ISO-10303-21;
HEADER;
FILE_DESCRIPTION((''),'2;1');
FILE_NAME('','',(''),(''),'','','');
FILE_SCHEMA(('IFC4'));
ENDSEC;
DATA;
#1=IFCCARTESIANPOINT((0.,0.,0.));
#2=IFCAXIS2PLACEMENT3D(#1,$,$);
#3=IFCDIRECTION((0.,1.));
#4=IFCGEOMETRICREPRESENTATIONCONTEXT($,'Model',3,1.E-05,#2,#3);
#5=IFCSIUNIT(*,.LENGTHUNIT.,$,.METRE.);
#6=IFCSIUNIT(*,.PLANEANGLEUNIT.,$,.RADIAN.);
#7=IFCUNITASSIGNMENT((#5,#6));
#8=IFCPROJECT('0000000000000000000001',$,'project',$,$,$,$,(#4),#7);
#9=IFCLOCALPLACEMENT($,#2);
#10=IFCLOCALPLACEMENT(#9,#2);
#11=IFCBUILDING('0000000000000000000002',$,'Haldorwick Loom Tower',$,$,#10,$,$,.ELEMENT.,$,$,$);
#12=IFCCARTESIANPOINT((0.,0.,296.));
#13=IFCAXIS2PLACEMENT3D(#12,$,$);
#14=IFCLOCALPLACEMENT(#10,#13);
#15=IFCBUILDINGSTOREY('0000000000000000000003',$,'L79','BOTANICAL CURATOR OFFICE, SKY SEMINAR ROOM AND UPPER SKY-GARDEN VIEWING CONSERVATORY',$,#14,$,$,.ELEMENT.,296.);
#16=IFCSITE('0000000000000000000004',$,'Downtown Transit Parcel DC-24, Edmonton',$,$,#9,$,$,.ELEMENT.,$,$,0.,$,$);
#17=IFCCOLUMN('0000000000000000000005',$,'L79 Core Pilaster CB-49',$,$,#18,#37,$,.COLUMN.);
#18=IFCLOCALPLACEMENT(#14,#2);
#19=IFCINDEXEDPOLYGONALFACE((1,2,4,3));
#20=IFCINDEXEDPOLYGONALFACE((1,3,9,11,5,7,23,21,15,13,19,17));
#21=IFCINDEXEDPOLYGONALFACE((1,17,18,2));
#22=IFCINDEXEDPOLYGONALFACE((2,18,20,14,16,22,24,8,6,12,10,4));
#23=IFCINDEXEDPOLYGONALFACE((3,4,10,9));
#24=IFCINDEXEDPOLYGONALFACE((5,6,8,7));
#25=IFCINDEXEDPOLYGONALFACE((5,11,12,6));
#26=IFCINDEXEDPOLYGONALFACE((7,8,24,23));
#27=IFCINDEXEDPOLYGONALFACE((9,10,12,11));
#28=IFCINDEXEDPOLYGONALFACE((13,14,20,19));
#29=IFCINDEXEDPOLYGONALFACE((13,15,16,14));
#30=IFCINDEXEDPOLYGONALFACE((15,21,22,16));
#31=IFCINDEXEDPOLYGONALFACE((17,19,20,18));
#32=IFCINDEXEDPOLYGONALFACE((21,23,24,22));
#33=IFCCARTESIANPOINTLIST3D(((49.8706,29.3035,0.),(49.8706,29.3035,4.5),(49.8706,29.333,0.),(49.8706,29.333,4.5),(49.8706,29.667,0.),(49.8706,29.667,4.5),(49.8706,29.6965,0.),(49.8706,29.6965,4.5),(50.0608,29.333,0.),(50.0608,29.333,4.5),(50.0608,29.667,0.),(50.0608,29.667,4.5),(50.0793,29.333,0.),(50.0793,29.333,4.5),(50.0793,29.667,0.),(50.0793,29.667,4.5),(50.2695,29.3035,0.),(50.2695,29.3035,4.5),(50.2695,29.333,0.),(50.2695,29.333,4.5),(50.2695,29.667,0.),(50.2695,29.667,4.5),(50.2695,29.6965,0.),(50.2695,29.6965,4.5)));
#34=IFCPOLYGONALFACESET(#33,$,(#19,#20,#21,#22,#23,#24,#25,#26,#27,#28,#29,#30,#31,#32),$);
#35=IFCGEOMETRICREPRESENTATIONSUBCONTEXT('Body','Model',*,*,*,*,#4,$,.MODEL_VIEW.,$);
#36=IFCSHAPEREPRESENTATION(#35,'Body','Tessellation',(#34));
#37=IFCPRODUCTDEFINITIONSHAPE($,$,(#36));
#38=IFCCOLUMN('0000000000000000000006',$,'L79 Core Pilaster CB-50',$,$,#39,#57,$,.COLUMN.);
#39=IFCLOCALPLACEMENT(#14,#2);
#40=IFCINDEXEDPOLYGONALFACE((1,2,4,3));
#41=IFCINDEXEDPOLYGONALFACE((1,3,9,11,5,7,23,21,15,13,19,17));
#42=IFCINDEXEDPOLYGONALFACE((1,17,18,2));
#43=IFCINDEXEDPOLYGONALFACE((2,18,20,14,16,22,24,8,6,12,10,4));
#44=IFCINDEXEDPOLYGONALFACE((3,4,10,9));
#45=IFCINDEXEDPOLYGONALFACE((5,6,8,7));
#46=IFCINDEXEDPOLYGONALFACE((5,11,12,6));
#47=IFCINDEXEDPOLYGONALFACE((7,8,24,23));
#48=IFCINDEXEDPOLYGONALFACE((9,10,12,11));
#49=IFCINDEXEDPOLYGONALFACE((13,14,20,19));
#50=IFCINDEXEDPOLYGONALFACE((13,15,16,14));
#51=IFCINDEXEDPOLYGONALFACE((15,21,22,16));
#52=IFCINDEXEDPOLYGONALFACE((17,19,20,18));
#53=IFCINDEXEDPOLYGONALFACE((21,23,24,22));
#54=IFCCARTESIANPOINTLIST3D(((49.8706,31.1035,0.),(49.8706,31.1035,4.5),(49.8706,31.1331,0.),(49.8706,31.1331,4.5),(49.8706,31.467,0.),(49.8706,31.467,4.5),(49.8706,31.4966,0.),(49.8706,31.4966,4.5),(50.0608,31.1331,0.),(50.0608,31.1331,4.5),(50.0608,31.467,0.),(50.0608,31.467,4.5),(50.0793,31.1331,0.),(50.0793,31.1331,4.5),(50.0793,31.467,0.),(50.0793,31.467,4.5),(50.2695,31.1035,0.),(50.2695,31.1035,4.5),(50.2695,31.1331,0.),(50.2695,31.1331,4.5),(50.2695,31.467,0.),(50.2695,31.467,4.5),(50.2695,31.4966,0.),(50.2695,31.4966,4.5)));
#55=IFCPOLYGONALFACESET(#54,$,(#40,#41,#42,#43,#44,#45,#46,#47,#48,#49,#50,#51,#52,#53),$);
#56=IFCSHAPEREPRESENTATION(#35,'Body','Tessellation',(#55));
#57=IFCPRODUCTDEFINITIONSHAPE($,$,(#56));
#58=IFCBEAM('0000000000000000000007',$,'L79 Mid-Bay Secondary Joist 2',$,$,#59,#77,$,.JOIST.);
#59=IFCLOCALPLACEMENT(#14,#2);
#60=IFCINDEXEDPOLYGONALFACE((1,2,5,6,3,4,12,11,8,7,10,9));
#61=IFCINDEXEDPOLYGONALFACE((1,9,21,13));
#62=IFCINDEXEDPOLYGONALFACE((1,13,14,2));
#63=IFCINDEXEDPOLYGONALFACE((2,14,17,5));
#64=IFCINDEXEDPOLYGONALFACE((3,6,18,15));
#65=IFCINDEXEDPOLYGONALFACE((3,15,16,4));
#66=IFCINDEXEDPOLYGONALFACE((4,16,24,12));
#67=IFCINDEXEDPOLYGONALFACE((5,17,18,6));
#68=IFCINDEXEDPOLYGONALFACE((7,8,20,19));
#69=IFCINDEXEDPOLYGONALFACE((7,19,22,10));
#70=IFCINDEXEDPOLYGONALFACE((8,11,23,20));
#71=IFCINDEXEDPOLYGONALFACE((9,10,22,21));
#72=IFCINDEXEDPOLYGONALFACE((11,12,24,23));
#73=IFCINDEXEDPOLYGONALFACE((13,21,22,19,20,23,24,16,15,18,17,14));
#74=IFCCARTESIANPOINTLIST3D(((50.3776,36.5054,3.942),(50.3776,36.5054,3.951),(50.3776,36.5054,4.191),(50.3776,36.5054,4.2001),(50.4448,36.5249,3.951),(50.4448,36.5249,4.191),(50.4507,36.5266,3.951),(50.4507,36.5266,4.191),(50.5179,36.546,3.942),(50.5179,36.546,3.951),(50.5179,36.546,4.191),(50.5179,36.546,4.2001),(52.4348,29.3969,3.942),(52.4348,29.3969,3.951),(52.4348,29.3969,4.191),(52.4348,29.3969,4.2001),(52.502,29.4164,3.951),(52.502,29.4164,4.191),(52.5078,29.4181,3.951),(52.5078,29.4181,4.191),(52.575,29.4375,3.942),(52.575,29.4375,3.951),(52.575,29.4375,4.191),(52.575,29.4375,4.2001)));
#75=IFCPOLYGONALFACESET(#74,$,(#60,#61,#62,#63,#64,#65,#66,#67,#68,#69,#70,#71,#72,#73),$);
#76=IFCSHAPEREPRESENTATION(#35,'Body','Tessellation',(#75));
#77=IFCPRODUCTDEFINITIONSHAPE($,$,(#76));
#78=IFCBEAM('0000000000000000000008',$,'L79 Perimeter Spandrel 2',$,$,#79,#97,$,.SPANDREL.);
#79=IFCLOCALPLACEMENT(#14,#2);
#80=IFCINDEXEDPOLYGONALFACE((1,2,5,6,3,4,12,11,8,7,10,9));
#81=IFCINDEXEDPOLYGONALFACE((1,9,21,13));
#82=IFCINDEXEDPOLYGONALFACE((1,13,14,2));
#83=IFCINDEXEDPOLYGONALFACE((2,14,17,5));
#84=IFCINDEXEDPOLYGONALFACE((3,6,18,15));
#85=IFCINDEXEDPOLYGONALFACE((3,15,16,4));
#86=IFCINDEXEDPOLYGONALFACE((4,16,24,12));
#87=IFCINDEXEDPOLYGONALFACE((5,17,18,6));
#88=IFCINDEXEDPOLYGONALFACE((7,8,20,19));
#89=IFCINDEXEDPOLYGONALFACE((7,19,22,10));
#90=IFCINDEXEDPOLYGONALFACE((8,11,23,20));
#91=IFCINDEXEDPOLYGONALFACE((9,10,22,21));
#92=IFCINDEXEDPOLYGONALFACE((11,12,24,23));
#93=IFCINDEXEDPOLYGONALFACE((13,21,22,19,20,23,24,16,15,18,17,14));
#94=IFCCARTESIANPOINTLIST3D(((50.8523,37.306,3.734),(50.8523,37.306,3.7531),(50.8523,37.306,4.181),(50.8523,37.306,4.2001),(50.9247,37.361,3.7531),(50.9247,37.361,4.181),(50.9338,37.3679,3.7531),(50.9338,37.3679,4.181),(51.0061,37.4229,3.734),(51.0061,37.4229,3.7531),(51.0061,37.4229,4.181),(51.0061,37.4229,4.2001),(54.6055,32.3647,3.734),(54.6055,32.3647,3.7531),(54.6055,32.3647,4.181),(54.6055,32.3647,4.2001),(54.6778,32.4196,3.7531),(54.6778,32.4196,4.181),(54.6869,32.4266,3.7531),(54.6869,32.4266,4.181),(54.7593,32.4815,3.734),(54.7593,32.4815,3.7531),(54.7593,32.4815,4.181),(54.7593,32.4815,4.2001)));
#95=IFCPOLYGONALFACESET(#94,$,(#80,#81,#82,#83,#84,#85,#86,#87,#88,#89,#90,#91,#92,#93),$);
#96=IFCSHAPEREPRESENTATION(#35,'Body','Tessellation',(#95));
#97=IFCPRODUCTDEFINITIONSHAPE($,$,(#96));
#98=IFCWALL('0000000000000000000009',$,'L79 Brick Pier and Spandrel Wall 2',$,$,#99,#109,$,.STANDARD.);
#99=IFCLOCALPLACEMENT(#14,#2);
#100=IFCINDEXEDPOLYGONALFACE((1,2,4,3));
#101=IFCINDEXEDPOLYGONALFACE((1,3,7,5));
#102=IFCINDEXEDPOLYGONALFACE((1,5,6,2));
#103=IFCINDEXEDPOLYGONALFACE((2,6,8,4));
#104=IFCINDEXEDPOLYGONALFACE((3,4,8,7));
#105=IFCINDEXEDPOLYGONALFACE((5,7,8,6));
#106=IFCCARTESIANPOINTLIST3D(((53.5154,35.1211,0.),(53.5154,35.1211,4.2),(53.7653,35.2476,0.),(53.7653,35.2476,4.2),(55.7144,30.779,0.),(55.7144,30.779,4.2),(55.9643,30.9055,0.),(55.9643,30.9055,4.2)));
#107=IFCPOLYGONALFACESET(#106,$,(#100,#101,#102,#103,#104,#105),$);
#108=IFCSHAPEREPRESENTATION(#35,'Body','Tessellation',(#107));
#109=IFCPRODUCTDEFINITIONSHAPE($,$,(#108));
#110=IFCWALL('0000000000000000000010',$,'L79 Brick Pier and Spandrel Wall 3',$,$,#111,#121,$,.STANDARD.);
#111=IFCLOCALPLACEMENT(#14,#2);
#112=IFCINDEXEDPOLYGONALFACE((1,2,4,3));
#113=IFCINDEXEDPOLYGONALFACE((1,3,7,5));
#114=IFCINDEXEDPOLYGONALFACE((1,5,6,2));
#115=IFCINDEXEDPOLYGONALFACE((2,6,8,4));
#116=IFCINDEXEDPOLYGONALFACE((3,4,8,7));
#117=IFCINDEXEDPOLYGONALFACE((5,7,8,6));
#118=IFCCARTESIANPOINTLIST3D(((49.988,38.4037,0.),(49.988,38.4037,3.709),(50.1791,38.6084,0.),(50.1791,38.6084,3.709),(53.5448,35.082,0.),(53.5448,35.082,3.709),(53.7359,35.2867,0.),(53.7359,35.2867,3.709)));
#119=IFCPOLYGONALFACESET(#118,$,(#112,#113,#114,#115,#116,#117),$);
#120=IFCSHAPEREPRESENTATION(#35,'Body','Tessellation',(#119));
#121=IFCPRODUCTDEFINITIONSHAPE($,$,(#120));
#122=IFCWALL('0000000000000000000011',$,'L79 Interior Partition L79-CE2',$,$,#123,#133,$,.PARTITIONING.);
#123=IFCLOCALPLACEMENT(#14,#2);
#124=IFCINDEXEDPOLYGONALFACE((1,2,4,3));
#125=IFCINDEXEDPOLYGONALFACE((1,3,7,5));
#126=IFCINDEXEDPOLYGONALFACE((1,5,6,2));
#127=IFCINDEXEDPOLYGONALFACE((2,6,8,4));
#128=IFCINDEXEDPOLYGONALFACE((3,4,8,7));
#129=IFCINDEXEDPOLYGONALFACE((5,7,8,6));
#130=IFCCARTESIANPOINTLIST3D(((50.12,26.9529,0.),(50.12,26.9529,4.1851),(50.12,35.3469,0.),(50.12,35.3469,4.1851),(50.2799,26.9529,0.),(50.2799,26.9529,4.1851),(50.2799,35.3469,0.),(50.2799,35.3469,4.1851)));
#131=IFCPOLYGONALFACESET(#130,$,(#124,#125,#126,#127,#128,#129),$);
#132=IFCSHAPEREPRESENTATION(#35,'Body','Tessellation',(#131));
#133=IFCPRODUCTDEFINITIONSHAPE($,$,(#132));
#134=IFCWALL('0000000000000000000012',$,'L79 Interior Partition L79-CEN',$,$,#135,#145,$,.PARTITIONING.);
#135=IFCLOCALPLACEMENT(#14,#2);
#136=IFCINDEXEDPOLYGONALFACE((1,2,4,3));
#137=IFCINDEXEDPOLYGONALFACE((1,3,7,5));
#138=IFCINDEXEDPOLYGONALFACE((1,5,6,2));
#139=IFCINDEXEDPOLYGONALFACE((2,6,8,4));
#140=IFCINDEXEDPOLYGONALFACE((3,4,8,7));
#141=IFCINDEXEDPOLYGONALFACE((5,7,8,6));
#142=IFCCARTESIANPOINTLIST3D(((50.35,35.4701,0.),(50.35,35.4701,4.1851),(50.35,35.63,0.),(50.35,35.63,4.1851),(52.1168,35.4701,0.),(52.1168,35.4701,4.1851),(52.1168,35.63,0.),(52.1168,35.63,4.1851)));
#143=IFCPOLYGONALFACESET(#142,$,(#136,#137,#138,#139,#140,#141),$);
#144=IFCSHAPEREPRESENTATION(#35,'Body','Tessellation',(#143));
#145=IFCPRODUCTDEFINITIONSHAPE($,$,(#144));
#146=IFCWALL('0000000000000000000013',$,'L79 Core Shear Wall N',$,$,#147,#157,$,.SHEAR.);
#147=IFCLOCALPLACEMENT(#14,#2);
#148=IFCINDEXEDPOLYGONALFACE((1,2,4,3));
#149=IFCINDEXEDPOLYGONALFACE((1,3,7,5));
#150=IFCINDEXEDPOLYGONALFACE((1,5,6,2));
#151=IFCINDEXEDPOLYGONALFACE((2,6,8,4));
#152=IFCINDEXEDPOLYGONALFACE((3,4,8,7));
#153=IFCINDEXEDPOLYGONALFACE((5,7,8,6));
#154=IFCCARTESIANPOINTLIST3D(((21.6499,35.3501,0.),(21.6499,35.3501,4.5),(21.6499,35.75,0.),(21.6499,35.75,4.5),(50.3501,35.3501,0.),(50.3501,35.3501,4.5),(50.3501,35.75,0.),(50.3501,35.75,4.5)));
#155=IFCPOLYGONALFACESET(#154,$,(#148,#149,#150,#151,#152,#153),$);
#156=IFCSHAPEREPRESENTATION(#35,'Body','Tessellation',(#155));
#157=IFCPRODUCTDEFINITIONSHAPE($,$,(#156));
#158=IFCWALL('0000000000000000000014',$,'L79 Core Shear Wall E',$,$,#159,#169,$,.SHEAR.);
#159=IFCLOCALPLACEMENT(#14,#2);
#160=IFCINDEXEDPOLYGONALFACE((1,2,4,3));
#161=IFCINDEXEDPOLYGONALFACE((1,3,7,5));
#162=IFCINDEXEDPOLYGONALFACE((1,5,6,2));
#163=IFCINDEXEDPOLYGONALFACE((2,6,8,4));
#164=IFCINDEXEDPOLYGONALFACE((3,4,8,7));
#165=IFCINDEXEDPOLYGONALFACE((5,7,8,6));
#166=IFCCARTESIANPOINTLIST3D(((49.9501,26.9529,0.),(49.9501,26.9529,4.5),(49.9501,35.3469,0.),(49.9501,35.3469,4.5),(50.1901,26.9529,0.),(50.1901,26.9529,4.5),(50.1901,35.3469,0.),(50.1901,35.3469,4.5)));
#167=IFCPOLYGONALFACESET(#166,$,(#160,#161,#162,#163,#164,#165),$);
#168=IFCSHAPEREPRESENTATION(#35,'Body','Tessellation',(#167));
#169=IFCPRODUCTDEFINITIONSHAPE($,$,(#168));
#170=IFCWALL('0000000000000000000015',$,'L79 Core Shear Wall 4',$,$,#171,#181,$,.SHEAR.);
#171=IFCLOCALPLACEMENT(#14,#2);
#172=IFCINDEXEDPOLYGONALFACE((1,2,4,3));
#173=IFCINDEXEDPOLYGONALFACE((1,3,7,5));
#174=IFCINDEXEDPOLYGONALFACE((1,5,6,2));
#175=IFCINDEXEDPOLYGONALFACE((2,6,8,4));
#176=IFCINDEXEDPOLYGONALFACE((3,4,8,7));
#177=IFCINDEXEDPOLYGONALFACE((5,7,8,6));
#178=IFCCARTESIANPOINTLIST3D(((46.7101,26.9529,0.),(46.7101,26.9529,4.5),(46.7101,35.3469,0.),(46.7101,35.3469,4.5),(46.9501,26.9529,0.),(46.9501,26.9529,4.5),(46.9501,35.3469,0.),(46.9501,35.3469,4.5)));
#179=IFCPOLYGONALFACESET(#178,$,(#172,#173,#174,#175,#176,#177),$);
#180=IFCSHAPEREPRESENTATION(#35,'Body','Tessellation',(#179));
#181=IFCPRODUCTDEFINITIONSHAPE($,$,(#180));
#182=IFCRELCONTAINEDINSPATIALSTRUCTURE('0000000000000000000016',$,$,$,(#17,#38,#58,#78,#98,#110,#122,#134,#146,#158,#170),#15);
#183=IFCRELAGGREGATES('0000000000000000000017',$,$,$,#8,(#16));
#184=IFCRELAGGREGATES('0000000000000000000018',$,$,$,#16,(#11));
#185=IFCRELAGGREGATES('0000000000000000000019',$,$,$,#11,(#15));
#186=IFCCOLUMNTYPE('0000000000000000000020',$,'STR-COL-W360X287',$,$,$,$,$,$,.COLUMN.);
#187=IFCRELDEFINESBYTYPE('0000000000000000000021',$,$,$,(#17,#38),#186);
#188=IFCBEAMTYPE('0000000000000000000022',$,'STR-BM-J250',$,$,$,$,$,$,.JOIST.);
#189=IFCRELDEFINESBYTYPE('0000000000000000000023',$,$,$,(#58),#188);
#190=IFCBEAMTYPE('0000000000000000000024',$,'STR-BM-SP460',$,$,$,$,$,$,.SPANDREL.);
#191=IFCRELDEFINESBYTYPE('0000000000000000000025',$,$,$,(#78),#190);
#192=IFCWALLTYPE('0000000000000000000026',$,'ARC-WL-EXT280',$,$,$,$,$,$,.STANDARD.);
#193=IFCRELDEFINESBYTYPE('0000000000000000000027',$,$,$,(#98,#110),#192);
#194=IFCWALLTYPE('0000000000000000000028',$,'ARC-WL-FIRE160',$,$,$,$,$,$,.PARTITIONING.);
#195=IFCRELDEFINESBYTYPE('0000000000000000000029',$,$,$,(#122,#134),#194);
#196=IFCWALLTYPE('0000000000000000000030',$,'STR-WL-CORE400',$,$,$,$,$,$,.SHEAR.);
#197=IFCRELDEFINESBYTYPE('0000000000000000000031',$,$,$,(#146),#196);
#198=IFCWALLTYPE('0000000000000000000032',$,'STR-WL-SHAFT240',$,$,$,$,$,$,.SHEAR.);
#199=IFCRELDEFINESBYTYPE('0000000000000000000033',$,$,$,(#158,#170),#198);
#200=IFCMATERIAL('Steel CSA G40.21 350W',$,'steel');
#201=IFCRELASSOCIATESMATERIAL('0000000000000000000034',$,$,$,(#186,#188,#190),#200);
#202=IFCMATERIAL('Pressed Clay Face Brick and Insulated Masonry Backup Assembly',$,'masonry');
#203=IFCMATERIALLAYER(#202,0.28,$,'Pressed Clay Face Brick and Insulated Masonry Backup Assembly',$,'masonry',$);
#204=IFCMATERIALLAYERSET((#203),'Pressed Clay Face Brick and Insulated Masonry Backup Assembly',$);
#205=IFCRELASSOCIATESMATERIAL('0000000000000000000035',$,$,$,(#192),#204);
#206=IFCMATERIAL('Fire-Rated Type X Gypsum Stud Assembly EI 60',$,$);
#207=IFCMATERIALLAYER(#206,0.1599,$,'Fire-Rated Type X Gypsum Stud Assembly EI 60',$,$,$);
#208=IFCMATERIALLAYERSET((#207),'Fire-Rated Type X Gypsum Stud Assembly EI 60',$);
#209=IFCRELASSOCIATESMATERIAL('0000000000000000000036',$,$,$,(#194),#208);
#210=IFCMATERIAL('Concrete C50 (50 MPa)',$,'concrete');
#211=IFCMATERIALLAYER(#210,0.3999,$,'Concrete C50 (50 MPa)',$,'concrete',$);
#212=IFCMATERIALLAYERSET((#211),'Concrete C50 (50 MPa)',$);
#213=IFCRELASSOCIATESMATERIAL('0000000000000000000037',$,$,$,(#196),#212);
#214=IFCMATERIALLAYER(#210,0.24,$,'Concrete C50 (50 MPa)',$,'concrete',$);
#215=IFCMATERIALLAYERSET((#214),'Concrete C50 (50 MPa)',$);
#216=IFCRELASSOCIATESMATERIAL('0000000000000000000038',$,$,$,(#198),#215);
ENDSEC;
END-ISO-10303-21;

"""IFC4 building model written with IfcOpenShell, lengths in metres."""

from ifc_helpers import new_model, si_unit, direction, frame, frame_2d, origin, origin_2d, place, context, subcontext, project, spatial, rectangle, i_section, extrude, material, layer, layer_set, material_profile, profile_set, type_object, element, save


model = new_model("IFC4")

# Units and contexts
model_context = context("Model", 3, precision=1e-05, world=origin(), true_north=direction((0.0, 1.0)))
body_context = subcontext(model_context, "Body", "Model", "MODEL_VIEW")
ifc_project = project(units=[si_unit("LENGTHUNIT", "METRE"), si_unit("PLANEANGLEUNIT", "RADIAN")], contexts=[model_context])

# Site, building, storey
site_placement = place(None, origin())
site = spatial("IfcSite", under=ifc_project, at=site_placement, Name="Downtown Transit Parcel DC-24, Edmonton", CompositionType="ELEMENT", RefElevation=0.0)
building_placement = place(site_placement, origin())
building = spatial("IfcBuilding", under=site, at=building_placement, Name="Haldorwick Loom Tower", CompositionType="ELEMENT")
storey_placement = place(building_placement, frame((0.0, 0.0, 296.0)))
storey = spatial("IfcBuildingStorey", under=building, at=storey_placement, Name="L79", Description="BOTANICAL CURATOR OFFICE, SKY SEMINAR ROOM AND UPPER SKY-GARDEN VIEWING CONSERVATORY", CompositionType="ELEMENT", Elevation=296.0)

# Columns
ifc_material_1 = material(Name="Concrete C50 (50 MPa)", Category="concrete")
ifc_material_2 = material(Name="Steel CSA G40.21 350W", Category="steel")
ifc_material_profile_1 = material_profile(ifc_material_2, i_section(OverallWidth=0.3989, OverallDepth=0.3931, WebThickness=0.0186, FlangeThickness=0.0295, at=origin_2d()), Name="W360X287", Category="steel")
ifc_profile_set_1 = profile_set([ifc_material_profile_1], Name="Steel CSA G40.21 350W")
column_type_1 = type_object("IfcColumnType", Name="STR-COL-W360X287", PredefinedType="COLUMN", material=ifc_profile_set_1)
for number, where, z_axis, x_axis, name in (
    (1, (50.0701, 29.5, 0.0), (0.0, 0.0, 1.0), (1.0, 0.0, 0.0), "L79 Core Pilaster CB-49"),
    (2, (50.0701, 31.3, 0.0), (0.0, 0.0, 1.0), (1.0, 0.0, 0.0), "L79 Core Pilaster CB-50"),
):
    element("IfcColumn", number, at=place(storey_placement, frame(where, z_axis=z_axis, x_axis=x_axis)), inside=storey, type_object=column_type_1, Name=name, PredefinedType="COLUMN", context=body_context, shape_type="SweptSolid", body=[
        extrude(i_section(OverallWidth=0.3989, OverallDepth=0.3931, WebThickness=0.0186, FlangeThickness=0.0295, at=origin_2d()), origin(), (0.0, 0.0, 1.0), 4.5),
    ])

# Beams
ifc_material_profile_2 = material_profile(ifc_material_2, i_section(OverallWidth=0.146, OverallDepth=0.2581, WebThickness=0.0061, FlangeThickness=0.009, at=origin_2d()), Name="W250X33", Category="steel")
ifc_profile_set_2 = profile_set([ifc_material_profile_2], Name="Steel CSA G40.21 350W")
beam_type_1 = type_object("IfcBeamType", Name="STR-BM-J250", PredefinedType="JOIST", material=ifc_profile_set_2)
beam_1_placement = place(storey_placement, frame((52.5049, 29.4172, 4.071), z_axis=(-0.277988, 0.960585, 0.0), x_axis=(-0.960585, -0.277988, 0.0)))
element("IfcBeam", 3, at=beam_1_placement, inside=storey, type_object=beam_type_1, Name="L79 Mid-Bay Secondary Joist 2", PredefinedType="JOIST", context=body_context, shape_type="SweptSolid", body=[
    extrude(i_section(OverallWidth=0.146, OverallDepth=0.2581, WebThickness=0.0061, FlangeThickness=0.009, at=origin_2d()), origin(), (0.0, 0.0, 1.0), 7.4001),
])
ifc_material_profile_3 = material_profile(ifc_material_2, i_section(OverallWidth=0.1931, OverallDepth=0.4661, WebThickness=0.0115, FlangeThickness=0.019, at=origin_2d()), Name="W460X97", Category="steel")
ifc_profile_set_3 = profile_set([ifc_material_profile_3], Name="Steel CSA G40.21 350W")
beam_type_2 = type_object("IfcBeamType", Name="STR-BM-SP460", PredefinedType="SPANDREL", material=ifc_profile_set_3)
beam_2_placement = place(storey_placement, frame((54.6824, 32.4231, 3.967), z_axis=(-0.604849, 0.79634, 0.0), x_axis=(-0.79634, -0.604849, 0.0)))
element("IfcBeam", 4, at=beam_2_placement, inside=storey, type_object=beam_type_2, Name="L79 Perimeter Spandrel 2", PredefinedType="SPANDREL", context=body_context, shape_type="SweptSolid", body=[
    extrude(i_section(OverallWidth=0.1931, OverallDepth=0.4661, WebThickness=0.0115, FlangeThickness=0.019, at=origin_2d()), origin(), (0.0, 0.0, 1.0), 6.2051),
])

# Walls
ifc_material_3 = material(Name="Pressed Clay Face Brick and Insulated Masonry Backup Assembly", Category="masonry")
ifc_layer_1 = layer(ifc_material_3, 0.28, Name="Pressed Clay Face Brick and Insulated Masonry Backup Assembly", Category="masonry")
ifc_layer_set_1 = layer_set([ifc_layer_1], Name="Pressed Clay Face Brick and Insulated Masonry Backup Assembly")
wall_type_1 = type_object("IfcWallType", Name="ARC-WL-EXT280", PredefinedType="STANDARD", material=ifc_layer_set_1)
wall_1_placement = place(storey_placement, frame((55.8394, 30.8423, 0.0), z_axis=(0.0, 0.0, 1.0), x_axis=(-0.451802, 0.892118, 0.0)))
element("IfcWall", 5, at=wall_1_placement, inside=storey, type_object=wall_type_1, Name="L79 Brick Pier and Spandrel Wall 2", PredefinedType="STANDARD", context=body_context, shape_type="SweptSolid", body=[
    extrude(rectangle(XDim=4.8672, YDim=0.28, at=frame_2d((2.4336, 0.0))), origin(), (0.0, 0.0, 1.0), 4.2),
])
wall_2_placement = place(storey_placement, frame((53.6404, 35.1843, 0.0), z_axis=(0.0, 0.0, 1.0), x_axis=(-0.730848, 0.68254, 0.0)))
element("IfcWall", 6, at=wall_2_placement, inside=storey, type_object=wall_type_1, Name="L79 Brick Pier and Spandrel Wall 3", PredefinedType="STANDARD", context=body_context, shape_type="SweptSolid", body=[
    extrude(rectangle(XDim=4.8667, YDim=0.28, at=frame_2d((2.4333, 0.0))), origin(), (0.0, 0.0, 1.0), 3.709),
])
ifc_material_4 = material(Name="Fire-Rated Type X Gypsum Stud Assembly EI 60")
ifc_layer_2 = layer(ifc_material_4, 0.1599, Name="Fire-Rated Type X Gypsum Stud Assembly EI 60")
ifc_layer_set_2 = layer_set([ifc_layer_2], Name="Fire-Rated Type X Gypsum Stud Assembly EI 60")
wall_type_2 = type_object("IfcWallType", Name="ARC-WL-FIRE160", PredefinedType="PARTITIONING", material=ifc_layer_set_2)
wall_3_placement = place(storey_placement, frame((50.2, 26.9529, 0.0), z_axis=(0.0, 0.0, 1.0), x_axis=(0.0, 1.0, 0.0)))
element("IfcWall", 7, at=wall_3_placement, inside=storey, type_object=wall_type_2, Name="L79 Interior Partition L79-CE2", PredefinedType="PARTITIONING", context=body_context, shape_type="SweptSolid", body=[
    extrude(rectangle(XDim=8.394, YDim=0.1599, at=frame_2d((4.197, 0.0))), origin(), (0.0, 0.0, 1.0), 4.1851),
])
wall_4_placement = place(storey_placement, frame((50.3501, 35.55, 0.0), z_axis=(0.0, 0.0, 1.0), x_axis=(1.0, 0.0, 0.0)))
element("IfcWall", 8, at=wall_4_placement, inside=storey, type_object=wall_type_2, Name="L79 Interior Partition L79-CEN", PredefinedType="PARTITIONING", context=body_context, shape_type="SweptSolid", body=[
    extrude(rectangle(XDim=1.7668, YDim=0.1599, at=frame_2d((0.8833, 0.0))), origin(), (0.0, 0.0, 1.0), 4.1851),
])
ifc_layer_3 = layer(ifc_material_1, 0.3999, Name="Concrete C50 (50 MPa)", Category="concrete")
ifc_layer_set_3 = layer_set([ifc_layer_3], Name="Concrete C50 (50 MPa)")
wall_type_3 = type_object("IfcWallType", Name="STR-WL-CORE400", PredefinedType="SHEAR", material=ifc_layer_set_3)
wall_5_placement = place(storey_placement, frame((50.3501, 35.55, 0.0), z_axis=(0.0, 0.0, 1.0), x_axis=(-1.0, 0.0, 0.0)))
element("IfcWall", 9, at=wall_5_placement, inside=storey, type_object=wall_type_3, Name="L79 Core Shear Wall N", PredefinedType="SHEAR", context=body_context, shape_type="SweptSolid", body=[
    extrude(rectangle(XDim=28.7002, YDim=0.3999, at=frame_2d((14.3501, 0.0))), origin(), (0.0, 0.0, 1.0), 4.5),
])
ifc_layer_4 = layer(ifc_material_1, 0.24, Name="Concrete C50 (50 MPa)", Category="concrete")
ifc_layer_set_4 = layer_set([ifc_layer_4], Name="Concrete C50 (50 MPa)")
wall_type_4 = type_object("IfcWallType", Name="STR-WL-SHAFT240", PredefinedType="SHEAR", material=ifc_layer_set_4)
for number, where, z_axis, x_axis, name in (
    (10, (50.0701, 26.9529, 0.0), (0.0, 0.0, 1.0), (0.0, 1.0, 0.0), "L79 Core Shear Wall E"),
    (11, (46.8301, 26.9529, 0.0), (0.0, 0.0, 1.0), (0.0, 1.0, 0.0), "L79 Core Shear Wall 4"),
):
    element("IfcWall", number, at=place(storey_placement, frame(where, z_axis=z_axis, x_axis=x_axis)), inside=storey, type_object=wall_type_4, Name=name, PredefinedType="SHEAR", context=body_context, shape_type="SweptSolid", body=[
        extrude(rectangle(XDim=8.394, YDim=0.24, at=frame_2d((4.197, 0.0))), origin(), (0.0, 0.0, 1.0), 4.5),
    ])

save(model, "model.ifc")
